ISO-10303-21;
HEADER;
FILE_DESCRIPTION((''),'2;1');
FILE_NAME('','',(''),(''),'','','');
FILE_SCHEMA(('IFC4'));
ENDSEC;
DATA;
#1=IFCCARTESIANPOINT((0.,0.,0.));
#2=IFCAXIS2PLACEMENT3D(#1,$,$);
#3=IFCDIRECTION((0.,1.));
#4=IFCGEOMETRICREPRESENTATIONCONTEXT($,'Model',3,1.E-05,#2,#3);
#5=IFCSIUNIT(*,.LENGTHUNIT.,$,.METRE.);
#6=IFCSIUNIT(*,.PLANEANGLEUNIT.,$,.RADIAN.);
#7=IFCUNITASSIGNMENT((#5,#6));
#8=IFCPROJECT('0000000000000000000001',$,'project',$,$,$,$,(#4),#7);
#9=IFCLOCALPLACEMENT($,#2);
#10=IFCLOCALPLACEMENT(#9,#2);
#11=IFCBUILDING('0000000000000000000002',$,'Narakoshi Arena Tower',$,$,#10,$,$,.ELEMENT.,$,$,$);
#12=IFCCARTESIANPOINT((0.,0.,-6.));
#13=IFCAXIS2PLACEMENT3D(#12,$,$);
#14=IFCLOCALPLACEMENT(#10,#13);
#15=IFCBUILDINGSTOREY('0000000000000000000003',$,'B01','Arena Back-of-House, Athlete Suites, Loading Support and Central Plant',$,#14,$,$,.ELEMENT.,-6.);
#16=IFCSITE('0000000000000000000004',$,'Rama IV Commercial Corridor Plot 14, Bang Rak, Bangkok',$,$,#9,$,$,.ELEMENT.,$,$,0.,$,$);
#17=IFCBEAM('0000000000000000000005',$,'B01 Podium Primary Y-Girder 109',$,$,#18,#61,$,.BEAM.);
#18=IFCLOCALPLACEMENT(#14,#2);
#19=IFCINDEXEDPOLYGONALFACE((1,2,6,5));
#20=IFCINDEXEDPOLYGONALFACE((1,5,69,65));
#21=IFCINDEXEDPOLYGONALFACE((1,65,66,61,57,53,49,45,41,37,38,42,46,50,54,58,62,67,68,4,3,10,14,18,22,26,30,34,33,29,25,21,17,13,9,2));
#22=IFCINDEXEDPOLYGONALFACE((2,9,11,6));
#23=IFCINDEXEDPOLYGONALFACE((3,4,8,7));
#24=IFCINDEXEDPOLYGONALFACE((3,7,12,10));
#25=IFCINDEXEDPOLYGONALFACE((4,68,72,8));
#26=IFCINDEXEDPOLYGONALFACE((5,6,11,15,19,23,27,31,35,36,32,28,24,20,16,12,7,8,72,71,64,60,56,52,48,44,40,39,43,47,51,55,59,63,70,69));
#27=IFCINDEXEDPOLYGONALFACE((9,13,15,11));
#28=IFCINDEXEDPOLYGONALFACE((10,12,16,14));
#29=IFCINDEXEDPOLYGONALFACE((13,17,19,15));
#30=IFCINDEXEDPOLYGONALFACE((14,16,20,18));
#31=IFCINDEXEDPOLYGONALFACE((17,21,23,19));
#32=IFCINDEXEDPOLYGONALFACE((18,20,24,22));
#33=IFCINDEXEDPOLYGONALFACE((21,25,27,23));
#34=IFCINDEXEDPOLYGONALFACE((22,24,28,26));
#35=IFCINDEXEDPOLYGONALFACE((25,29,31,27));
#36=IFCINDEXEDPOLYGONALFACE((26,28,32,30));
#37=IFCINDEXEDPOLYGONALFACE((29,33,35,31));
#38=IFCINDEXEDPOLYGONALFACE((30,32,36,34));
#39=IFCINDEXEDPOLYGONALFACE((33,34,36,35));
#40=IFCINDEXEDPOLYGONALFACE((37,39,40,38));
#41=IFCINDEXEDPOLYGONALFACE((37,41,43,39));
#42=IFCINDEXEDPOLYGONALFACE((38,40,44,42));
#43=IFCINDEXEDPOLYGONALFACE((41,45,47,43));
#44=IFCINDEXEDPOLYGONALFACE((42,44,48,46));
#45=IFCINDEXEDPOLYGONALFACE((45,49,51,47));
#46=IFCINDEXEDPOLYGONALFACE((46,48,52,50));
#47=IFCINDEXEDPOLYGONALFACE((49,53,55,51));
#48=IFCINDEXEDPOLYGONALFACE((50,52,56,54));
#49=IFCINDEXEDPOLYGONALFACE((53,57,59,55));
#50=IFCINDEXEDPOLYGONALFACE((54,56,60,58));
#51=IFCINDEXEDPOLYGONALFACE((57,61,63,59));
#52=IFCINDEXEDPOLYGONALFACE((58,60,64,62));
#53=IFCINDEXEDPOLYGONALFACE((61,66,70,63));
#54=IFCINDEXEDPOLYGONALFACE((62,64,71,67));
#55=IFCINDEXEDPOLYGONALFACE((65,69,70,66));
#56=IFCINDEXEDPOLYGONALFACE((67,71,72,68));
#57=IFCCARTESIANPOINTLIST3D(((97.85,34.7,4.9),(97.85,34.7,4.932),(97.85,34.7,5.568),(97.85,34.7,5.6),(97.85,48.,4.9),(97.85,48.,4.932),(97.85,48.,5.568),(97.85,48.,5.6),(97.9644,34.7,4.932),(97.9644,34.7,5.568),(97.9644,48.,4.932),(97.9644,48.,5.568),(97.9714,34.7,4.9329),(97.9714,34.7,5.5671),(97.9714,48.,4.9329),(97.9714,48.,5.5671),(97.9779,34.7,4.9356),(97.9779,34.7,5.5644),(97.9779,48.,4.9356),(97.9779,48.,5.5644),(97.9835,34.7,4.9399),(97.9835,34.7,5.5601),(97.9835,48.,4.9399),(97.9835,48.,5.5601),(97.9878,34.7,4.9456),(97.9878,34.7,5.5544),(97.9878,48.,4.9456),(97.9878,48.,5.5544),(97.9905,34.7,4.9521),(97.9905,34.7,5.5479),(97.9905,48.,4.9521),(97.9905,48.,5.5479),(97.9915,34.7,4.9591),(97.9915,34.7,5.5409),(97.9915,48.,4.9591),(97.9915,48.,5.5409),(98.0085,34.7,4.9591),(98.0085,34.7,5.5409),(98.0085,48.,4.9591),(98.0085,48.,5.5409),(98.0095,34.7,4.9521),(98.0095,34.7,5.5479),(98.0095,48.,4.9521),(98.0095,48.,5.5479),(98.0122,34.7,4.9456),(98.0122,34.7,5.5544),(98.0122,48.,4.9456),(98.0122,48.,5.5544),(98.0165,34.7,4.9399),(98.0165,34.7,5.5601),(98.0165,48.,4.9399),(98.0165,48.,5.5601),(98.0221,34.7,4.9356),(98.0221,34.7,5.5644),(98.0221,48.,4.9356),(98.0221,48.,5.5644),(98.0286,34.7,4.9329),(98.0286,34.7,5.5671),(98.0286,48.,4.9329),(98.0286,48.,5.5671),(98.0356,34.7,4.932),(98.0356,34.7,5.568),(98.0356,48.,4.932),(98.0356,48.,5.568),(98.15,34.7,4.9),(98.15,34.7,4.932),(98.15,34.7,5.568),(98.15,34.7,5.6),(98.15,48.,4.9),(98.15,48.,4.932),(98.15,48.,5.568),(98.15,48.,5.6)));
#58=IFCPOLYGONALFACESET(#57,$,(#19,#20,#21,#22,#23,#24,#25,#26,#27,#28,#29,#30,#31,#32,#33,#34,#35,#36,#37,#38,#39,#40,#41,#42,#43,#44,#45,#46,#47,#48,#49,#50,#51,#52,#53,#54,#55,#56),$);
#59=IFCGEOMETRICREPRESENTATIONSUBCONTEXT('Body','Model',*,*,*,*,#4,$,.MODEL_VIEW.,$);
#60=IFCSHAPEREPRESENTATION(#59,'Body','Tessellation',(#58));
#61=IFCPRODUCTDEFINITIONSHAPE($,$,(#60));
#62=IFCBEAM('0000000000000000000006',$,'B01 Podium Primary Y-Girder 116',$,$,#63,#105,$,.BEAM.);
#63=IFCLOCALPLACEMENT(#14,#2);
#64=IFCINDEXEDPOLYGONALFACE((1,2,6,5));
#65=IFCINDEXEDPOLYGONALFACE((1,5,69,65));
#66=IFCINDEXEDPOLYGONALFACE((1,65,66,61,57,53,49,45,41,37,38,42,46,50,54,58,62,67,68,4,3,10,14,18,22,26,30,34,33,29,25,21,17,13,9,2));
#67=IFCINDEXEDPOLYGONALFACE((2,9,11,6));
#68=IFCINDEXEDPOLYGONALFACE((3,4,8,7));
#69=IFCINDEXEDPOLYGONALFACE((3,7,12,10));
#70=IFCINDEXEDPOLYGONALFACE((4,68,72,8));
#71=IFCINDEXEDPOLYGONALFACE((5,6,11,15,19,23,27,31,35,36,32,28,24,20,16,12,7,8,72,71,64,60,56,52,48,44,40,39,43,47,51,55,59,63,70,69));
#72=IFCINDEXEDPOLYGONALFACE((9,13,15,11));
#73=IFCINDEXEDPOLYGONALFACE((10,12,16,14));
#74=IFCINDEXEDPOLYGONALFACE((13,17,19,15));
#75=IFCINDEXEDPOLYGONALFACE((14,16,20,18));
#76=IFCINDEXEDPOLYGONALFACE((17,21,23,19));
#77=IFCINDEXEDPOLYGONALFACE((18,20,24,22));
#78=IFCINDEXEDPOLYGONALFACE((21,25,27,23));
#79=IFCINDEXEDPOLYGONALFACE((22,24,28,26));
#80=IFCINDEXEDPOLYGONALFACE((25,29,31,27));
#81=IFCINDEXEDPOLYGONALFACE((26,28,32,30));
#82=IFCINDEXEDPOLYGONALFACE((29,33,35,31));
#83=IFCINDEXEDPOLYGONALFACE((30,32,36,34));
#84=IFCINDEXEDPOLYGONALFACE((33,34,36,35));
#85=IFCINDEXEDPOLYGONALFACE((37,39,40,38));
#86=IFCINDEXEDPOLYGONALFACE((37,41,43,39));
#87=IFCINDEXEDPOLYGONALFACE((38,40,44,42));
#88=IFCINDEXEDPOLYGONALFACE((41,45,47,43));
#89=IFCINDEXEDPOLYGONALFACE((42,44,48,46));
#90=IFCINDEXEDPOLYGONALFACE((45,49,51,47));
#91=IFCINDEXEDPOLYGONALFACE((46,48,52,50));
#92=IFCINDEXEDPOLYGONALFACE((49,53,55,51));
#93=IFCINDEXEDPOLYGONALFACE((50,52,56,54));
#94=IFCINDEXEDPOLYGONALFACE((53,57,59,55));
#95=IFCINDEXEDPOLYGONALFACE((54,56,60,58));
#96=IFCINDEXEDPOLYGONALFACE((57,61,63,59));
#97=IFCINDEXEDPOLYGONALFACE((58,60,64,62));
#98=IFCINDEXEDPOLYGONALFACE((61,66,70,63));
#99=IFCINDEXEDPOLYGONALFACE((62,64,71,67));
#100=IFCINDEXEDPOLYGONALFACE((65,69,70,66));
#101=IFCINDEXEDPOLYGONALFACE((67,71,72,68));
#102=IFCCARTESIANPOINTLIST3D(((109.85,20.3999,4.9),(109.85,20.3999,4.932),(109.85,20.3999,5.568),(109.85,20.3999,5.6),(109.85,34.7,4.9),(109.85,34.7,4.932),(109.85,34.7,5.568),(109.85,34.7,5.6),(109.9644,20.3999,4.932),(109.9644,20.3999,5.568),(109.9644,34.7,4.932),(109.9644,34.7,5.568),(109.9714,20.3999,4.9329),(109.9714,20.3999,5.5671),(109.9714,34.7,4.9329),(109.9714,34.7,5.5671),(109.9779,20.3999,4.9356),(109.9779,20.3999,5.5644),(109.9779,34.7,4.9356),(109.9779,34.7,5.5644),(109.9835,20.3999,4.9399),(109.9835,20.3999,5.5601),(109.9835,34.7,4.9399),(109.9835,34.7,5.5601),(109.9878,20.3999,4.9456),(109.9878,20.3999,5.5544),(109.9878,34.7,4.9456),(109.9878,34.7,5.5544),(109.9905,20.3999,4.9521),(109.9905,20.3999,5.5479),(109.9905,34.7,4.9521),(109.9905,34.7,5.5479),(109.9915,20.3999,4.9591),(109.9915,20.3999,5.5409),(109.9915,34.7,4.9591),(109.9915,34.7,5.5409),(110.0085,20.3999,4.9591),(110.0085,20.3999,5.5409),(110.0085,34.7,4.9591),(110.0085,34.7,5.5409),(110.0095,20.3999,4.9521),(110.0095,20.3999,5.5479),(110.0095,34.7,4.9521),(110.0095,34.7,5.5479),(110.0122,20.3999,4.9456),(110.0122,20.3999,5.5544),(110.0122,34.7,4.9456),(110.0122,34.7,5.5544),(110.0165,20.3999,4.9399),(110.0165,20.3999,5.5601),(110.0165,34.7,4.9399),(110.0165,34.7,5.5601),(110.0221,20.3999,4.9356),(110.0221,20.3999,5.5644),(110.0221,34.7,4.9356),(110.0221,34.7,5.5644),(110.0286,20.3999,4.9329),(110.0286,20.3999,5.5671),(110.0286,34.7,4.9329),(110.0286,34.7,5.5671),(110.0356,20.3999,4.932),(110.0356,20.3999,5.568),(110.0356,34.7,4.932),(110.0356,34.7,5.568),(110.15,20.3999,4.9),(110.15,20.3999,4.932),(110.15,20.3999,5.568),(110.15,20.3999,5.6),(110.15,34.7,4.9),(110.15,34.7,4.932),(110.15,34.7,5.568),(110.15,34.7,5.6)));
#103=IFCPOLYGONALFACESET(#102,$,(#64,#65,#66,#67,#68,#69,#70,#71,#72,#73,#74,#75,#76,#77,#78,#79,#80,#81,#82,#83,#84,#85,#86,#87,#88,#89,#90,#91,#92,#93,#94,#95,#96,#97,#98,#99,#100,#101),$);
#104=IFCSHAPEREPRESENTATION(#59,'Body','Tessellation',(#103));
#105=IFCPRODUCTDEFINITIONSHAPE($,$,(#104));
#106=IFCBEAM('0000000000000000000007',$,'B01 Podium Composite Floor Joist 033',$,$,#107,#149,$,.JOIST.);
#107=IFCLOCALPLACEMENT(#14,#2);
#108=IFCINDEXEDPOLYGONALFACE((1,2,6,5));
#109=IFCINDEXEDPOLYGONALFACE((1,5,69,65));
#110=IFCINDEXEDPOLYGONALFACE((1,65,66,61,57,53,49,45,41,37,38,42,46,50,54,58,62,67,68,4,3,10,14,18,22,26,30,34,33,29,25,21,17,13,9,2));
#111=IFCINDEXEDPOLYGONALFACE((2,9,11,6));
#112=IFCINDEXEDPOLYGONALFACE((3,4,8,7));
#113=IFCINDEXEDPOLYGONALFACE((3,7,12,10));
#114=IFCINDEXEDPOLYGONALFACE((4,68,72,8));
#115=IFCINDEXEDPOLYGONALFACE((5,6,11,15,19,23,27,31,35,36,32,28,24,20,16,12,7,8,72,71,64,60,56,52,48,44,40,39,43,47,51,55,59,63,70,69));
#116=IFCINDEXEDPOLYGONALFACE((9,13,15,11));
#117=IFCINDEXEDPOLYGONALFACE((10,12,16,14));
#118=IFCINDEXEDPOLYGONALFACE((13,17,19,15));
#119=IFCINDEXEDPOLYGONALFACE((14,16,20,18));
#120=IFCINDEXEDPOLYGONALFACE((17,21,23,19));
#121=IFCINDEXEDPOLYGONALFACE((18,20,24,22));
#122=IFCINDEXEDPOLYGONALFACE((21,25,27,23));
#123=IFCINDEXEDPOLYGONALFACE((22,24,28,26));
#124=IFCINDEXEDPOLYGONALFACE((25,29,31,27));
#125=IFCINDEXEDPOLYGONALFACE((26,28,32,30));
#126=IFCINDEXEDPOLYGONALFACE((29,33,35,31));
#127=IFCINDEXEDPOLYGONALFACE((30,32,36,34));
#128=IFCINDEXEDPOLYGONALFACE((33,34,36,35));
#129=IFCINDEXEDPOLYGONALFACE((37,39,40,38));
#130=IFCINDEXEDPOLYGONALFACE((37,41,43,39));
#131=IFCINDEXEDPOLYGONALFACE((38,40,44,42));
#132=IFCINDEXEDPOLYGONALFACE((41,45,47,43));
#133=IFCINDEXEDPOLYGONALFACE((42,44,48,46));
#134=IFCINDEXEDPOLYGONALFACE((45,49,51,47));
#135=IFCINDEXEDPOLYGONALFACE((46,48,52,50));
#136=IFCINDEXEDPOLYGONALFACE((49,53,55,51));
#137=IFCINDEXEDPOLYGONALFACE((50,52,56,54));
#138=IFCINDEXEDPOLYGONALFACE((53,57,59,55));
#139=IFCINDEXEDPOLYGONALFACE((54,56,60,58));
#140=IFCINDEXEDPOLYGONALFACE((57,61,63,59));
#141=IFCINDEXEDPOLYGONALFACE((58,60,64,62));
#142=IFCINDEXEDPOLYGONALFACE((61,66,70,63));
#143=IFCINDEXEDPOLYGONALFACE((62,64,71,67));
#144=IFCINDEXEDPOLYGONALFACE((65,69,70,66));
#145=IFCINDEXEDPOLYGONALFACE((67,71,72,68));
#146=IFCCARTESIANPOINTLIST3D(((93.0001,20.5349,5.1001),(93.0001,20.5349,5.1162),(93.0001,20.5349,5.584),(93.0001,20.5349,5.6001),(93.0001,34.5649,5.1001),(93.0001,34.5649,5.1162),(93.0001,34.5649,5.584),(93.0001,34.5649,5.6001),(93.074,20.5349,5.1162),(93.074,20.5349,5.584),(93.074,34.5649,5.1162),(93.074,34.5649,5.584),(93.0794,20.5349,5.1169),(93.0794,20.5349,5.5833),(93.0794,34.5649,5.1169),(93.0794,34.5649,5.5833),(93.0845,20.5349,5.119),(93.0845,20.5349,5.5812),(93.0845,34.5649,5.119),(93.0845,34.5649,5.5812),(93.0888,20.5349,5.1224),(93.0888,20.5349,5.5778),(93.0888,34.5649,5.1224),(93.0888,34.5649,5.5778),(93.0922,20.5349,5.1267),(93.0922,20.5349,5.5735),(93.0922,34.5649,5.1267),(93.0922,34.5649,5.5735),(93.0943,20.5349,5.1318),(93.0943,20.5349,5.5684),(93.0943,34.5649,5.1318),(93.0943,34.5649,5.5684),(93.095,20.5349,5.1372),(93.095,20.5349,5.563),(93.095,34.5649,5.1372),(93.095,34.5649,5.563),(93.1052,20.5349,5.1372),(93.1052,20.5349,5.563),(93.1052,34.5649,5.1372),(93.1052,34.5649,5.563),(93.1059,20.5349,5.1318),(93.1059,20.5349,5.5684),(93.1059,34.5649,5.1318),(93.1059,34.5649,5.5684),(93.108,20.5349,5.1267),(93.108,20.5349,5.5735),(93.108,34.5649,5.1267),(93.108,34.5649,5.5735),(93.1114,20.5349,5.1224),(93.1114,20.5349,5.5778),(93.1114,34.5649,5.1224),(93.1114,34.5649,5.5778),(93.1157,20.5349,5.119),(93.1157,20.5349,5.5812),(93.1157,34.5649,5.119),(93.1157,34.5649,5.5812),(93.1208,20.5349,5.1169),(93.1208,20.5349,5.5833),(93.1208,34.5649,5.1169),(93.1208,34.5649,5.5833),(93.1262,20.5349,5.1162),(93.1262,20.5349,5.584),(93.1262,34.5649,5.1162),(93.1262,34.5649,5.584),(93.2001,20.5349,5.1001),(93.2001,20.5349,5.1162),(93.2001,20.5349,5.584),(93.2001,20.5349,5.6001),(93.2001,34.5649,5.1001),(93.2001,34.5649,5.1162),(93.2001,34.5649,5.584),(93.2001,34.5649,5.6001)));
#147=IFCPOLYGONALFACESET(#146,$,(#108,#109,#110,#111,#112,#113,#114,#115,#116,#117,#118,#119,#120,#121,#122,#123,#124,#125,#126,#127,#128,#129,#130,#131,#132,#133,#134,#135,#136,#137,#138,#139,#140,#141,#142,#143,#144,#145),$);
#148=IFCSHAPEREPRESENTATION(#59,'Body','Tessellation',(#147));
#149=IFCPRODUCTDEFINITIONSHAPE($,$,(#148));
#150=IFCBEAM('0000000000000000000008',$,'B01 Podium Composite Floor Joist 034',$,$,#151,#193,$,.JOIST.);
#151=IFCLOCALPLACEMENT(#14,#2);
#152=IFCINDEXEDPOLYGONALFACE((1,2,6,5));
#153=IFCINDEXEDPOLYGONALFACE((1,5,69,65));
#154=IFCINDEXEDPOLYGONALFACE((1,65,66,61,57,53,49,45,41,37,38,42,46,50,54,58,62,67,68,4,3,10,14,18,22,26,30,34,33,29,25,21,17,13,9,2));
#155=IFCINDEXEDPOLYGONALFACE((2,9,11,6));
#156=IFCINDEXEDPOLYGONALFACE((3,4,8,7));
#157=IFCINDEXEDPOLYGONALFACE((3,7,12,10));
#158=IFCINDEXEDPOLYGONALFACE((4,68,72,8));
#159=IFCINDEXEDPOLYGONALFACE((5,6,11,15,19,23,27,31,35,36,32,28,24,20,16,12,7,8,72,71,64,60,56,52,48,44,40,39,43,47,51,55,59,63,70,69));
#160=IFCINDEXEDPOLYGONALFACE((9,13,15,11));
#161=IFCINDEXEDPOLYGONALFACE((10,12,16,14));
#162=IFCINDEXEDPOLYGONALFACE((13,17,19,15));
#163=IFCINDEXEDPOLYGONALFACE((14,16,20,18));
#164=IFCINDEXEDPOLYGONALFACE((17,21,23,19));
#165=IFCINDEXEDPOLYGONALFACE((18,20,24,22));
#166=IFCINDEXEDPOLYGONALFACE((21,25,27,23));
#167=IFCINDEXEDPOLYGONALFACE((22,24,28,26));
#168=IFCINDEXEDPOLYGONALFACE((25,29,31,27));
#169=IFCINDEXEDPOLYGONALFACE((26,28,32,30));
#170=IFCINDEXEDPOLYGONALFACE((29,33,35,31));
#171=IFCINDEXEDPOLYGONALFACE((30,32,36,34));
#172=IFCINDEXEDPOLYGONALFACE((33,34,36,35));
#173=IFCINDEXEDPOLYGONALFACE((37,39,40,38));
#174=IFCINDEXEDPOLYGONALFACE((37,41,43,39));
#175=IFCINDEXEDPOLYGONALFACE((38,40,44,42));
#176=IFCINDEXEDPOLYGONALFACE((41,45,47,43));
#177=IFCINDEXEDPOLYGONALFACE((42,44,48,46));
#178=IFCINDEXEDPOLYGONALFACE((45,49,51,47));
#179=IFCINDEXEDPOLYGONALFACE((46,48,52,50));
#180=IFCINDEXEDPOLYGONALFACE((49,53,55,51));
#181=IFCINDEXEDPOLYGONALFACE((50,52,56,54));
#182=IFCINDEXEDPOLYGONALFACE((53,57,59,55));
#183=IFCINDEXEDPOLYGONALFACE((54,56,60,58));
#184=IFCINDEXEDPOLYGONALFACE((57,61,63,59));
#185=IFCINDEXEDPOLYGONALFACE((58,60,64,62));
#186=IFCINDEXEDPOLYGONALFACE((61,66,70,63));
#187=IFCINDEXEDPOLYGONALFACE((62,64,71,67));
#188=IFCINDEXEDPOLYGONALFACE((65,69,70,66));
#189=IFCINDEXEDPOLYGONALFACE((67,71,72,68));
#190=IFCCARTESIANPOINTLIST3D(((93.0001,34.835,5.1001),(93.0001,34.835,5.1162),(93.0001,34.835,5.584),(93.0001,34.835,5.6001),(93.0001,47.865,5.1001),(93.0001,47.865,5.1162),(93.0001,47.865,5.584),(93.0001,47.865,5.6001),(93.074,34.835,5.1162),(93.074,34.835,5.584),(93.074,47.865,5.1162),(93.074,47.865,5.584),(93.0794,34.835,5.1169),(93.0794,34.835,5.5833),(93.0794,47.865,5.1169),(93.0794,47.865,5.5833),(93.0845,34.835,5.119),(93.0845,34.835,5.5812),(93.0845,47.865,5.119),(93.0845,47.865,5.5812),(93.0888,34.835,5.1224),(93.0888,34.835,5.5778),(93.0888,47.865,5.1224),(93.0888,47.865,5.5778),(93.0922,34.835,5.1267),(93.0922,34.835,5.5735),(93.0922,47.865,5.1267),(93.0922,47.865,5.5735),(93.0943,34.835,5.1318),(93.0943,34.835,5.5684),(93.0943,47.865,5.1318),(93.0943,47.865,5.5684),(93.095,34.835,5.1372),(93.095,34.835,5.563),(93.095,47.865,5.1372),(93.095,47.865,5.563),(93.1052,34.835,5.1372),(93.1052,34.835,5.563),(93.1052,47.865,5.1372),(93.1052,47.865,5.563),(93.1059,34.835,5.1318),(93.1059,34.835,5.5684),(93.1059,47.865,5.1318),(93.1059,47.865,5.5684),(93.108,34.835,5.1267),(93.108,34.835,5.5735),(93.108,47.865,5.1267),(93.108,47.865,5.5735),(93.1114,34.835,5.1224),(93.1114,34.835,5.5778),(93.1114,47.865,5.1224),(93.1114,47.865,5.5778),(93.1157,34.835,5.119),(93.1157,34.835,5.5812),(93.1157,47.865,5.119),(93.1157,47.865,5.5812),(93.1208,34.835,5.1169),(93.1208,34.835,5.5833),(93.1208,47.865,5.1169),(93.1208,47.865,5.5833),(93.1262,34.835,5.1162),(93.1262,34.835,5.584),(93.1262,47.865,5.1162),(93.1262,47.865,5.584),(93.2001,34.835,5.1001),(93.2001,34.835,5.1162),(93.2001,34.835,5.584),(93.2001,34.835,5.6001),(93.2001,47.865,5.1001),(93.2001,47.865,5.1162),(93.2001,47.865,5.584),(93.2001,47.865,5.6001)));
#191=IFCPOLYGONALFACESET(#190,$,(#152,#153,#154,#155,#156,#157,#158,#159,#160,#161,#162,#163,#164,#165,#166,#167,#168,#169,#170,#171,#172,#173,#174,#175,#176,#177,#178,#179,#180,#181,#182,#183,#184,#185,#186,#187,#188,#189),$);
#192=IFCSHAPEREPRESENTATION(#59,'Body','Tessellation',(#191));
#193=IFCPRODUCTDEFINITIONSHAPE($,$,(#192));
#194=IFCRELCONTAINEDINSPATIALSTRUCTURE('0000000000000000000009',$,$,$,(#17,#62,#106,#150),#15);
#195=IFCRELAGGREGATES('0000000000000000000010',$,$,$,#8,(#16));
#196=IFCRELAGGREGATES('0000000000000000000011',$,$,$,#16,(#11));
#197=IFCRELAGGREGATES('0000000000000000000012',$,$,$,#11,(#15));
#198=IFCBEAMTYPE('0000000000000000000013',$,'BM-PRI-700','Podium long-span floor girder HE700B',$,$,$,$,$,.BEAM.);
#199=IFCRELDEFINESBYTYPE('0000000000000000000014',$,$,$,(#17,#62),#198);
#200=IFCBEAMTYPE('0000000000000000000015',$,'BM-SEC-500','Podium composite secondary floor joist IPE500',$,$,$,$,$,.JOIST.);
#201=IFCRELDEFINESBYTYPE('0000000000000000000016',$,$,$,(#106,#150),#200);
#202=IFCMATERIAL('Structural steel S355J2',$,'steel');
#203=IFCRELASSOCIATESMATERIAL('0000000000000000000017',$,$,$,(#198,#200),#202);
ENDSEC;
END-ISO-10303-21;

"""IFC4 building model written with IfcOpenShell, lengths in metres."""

from ifc_helpers import new_model, si_unit, direction, frame, origin, origin_2d, place, context, subcontext, project, spatial, i_section, extrude, material, material_profile, profile_set, type_object, element, save


model = new_model("IFC4")

# Units and contexts
model_context = context("Model", 3, precision=1e-05, world=origin(), true_north=direction((0.0, 1.0)))
body_context = subcontext(model_context, "Body", "Model", "MODEL_VIEW")
ifc_project = project(units=[si_unit("LENGTHUNIT", "METRE"), si_unit("PLANEANGLEUNIT", "RADIAN")], contexts=[model_context])

# Site, building, storey
site_placement = place(None, origin())
site = spatial("IfcSite", under=ifc_project, at=site_placement, Name="Rama IV Commercial Corridor Plot 14, Bang Rak, Bangkok", CompositionType="ELEMENT", RefElevation=0.0)
building_placement = place(site_placement, origin())
building = spatial("IfcBuilding", under=site, at=building_placement, Name="Narakoshi Arena Tower", CompositionType="ELEMENT")
storey_placement = place(building_placement, frame((0.0, 0.0, -6.0)))
storey = spatial("IfcBuildingStorey", under=building, at=storey_placement, Name="B01", Description="Arena Back-of-House, Athlete Suites, Loading Support and Central Plant", CompositionType="ELEMENT", Elevation=-6.0)

# Beams
ifc_material_1 = material(Name="Structural steel S355J2", Category="steel")
ifc_material_profile_1 = material_profile(ifc_material_1, i_section(OverallWidth=0.3, OverallDepth=0.7, WebThickness=0.0171, FlangeThickness=0.032, FilletRadius=0.0271, at=origin_2d()), Name="HE700B")
ifc_profile_set_1 = profile_set([ifc_material_profile_1], Name="Structural steel S355J2")
beam_type_1 = type_object("IfcBeamType", Name="BM-PRI-700", Description="Podium long-span floor girder HE700B", PredefinedType="BEAM", material=ifc_profile_set_1)
for number, where, z_axis, x_axis, name in (
    (1, (98.0, 34.7, 5.25), (0.0, 1.0, 0.0), (-1.0, 0.0, 0.0), "B01 Podium Primary Y-Girder 109"),
):
    element("IfcBeam", number, at=place(storey_placement, frame(where, z_axis=z_axis, x_axis=x_axis)), inside=storey, type_object=beam_type_1, Name=name, PredefinedType="BEAM", context=body_context, shape_type="SweptSolid", body=[
        extrude(i_section(OverallWidth=0.3, OverallDepth=0.7, WebThickness=0.0171, FlangeThickness=0.032, FilletRadius=0.0271, at=origin_2d()), origin(), (0.0, 0.0, 1.0), 13.3),
    ])
beam_1_placement = place(storey_placement, frame((110.0, 20.3999, 5.25), z_axis=(0.0, 1.0, 0.0), x_axis=(-1.0, 0.0, 0.0)))
element("IfcBeam", 2, at=beam_1_placement, inside=storey, type_object=beam_type_1, Name="B01 Podium Primary Y-Girder 116", PredefinedType="BEAM", context=body_context, shape_type="SweptSolid", body=[
    extrude(i_section(OverallWidth=0.3, OverallDepth=0.7, WebThickness=0.0171, FlangeThickness=0.032, FilletRadius=0.0271, at=origin_2d()), origin(), (0.0, 0.0, 1.0), 14.3),
])
ifc_material_profile_2 = material_profile(ifc_material_1, i_section(OverallWidth=0.2, OverallDepth=0.5, WebThickness=0.0103, FlangeThickness=0.0161, FilletRadius=0.021, at=origin_2d()), Name="IPE500")
ifc_profile_set_2 = profile_set([ifc_material_profile_2], Name="Structural steel S355J2")
beam_type_2 = type_object("IfcBeamType", Name="BM-SEC-500", Description="Podium composite secondary floor joist IPE500", PredefinedType="JOIST", material=ifc_profile_set_2)
beam_2_placement = place(storey_placement, frame((93.1001, 20.5349, 5.3501), z_axis=(0.0, 1.0, 0.0), x_axis=(-1.0, 0.0, 0.0)))
element("IfcBeam", 3, at=beam_2_placement, inside=storey, type_object=beam_type_2, Name="B01 Podium Composite Floor Joist 033", PredefinedType="JOIST", context=body_context, shape_type="SweptSolid", body=[
    extrude(i_section(OverallWidth=0.2, OverallDepth=0.5, WebThickness=0.0103, FlangeThickness=0.0161, FilletRadius=0.021, at=origin_2d()), origin(), (0.0, 0.0, 1.0), 14.03),
])
beam_3_placement = place(storey_placement, frame((93.1001, 34.835, 5.3501), z_axis=(0.0, 1.0, 0.0), x_axis=(-1.0, 0.0, 0.0)))
element("IfcBeam", 4, at=beam_3_placement, inside=storey, type_object=beam_type_2, Name="B01 Podium Composite Floor Joist 034", PredefinedType="JOIST", context=body_context, shape_type="SweptSolid", body=[
    extrude(i_section(OverallWidth=0.2, OverallDepth=0.5, WebThickness=0.0103, FlangeThickness=0.0161, FilletRadius=0.021, at=origin_2d()), origin(), (0.0, 0.0, 1.0), 13.03),
])

save(model, "model.ifc")
